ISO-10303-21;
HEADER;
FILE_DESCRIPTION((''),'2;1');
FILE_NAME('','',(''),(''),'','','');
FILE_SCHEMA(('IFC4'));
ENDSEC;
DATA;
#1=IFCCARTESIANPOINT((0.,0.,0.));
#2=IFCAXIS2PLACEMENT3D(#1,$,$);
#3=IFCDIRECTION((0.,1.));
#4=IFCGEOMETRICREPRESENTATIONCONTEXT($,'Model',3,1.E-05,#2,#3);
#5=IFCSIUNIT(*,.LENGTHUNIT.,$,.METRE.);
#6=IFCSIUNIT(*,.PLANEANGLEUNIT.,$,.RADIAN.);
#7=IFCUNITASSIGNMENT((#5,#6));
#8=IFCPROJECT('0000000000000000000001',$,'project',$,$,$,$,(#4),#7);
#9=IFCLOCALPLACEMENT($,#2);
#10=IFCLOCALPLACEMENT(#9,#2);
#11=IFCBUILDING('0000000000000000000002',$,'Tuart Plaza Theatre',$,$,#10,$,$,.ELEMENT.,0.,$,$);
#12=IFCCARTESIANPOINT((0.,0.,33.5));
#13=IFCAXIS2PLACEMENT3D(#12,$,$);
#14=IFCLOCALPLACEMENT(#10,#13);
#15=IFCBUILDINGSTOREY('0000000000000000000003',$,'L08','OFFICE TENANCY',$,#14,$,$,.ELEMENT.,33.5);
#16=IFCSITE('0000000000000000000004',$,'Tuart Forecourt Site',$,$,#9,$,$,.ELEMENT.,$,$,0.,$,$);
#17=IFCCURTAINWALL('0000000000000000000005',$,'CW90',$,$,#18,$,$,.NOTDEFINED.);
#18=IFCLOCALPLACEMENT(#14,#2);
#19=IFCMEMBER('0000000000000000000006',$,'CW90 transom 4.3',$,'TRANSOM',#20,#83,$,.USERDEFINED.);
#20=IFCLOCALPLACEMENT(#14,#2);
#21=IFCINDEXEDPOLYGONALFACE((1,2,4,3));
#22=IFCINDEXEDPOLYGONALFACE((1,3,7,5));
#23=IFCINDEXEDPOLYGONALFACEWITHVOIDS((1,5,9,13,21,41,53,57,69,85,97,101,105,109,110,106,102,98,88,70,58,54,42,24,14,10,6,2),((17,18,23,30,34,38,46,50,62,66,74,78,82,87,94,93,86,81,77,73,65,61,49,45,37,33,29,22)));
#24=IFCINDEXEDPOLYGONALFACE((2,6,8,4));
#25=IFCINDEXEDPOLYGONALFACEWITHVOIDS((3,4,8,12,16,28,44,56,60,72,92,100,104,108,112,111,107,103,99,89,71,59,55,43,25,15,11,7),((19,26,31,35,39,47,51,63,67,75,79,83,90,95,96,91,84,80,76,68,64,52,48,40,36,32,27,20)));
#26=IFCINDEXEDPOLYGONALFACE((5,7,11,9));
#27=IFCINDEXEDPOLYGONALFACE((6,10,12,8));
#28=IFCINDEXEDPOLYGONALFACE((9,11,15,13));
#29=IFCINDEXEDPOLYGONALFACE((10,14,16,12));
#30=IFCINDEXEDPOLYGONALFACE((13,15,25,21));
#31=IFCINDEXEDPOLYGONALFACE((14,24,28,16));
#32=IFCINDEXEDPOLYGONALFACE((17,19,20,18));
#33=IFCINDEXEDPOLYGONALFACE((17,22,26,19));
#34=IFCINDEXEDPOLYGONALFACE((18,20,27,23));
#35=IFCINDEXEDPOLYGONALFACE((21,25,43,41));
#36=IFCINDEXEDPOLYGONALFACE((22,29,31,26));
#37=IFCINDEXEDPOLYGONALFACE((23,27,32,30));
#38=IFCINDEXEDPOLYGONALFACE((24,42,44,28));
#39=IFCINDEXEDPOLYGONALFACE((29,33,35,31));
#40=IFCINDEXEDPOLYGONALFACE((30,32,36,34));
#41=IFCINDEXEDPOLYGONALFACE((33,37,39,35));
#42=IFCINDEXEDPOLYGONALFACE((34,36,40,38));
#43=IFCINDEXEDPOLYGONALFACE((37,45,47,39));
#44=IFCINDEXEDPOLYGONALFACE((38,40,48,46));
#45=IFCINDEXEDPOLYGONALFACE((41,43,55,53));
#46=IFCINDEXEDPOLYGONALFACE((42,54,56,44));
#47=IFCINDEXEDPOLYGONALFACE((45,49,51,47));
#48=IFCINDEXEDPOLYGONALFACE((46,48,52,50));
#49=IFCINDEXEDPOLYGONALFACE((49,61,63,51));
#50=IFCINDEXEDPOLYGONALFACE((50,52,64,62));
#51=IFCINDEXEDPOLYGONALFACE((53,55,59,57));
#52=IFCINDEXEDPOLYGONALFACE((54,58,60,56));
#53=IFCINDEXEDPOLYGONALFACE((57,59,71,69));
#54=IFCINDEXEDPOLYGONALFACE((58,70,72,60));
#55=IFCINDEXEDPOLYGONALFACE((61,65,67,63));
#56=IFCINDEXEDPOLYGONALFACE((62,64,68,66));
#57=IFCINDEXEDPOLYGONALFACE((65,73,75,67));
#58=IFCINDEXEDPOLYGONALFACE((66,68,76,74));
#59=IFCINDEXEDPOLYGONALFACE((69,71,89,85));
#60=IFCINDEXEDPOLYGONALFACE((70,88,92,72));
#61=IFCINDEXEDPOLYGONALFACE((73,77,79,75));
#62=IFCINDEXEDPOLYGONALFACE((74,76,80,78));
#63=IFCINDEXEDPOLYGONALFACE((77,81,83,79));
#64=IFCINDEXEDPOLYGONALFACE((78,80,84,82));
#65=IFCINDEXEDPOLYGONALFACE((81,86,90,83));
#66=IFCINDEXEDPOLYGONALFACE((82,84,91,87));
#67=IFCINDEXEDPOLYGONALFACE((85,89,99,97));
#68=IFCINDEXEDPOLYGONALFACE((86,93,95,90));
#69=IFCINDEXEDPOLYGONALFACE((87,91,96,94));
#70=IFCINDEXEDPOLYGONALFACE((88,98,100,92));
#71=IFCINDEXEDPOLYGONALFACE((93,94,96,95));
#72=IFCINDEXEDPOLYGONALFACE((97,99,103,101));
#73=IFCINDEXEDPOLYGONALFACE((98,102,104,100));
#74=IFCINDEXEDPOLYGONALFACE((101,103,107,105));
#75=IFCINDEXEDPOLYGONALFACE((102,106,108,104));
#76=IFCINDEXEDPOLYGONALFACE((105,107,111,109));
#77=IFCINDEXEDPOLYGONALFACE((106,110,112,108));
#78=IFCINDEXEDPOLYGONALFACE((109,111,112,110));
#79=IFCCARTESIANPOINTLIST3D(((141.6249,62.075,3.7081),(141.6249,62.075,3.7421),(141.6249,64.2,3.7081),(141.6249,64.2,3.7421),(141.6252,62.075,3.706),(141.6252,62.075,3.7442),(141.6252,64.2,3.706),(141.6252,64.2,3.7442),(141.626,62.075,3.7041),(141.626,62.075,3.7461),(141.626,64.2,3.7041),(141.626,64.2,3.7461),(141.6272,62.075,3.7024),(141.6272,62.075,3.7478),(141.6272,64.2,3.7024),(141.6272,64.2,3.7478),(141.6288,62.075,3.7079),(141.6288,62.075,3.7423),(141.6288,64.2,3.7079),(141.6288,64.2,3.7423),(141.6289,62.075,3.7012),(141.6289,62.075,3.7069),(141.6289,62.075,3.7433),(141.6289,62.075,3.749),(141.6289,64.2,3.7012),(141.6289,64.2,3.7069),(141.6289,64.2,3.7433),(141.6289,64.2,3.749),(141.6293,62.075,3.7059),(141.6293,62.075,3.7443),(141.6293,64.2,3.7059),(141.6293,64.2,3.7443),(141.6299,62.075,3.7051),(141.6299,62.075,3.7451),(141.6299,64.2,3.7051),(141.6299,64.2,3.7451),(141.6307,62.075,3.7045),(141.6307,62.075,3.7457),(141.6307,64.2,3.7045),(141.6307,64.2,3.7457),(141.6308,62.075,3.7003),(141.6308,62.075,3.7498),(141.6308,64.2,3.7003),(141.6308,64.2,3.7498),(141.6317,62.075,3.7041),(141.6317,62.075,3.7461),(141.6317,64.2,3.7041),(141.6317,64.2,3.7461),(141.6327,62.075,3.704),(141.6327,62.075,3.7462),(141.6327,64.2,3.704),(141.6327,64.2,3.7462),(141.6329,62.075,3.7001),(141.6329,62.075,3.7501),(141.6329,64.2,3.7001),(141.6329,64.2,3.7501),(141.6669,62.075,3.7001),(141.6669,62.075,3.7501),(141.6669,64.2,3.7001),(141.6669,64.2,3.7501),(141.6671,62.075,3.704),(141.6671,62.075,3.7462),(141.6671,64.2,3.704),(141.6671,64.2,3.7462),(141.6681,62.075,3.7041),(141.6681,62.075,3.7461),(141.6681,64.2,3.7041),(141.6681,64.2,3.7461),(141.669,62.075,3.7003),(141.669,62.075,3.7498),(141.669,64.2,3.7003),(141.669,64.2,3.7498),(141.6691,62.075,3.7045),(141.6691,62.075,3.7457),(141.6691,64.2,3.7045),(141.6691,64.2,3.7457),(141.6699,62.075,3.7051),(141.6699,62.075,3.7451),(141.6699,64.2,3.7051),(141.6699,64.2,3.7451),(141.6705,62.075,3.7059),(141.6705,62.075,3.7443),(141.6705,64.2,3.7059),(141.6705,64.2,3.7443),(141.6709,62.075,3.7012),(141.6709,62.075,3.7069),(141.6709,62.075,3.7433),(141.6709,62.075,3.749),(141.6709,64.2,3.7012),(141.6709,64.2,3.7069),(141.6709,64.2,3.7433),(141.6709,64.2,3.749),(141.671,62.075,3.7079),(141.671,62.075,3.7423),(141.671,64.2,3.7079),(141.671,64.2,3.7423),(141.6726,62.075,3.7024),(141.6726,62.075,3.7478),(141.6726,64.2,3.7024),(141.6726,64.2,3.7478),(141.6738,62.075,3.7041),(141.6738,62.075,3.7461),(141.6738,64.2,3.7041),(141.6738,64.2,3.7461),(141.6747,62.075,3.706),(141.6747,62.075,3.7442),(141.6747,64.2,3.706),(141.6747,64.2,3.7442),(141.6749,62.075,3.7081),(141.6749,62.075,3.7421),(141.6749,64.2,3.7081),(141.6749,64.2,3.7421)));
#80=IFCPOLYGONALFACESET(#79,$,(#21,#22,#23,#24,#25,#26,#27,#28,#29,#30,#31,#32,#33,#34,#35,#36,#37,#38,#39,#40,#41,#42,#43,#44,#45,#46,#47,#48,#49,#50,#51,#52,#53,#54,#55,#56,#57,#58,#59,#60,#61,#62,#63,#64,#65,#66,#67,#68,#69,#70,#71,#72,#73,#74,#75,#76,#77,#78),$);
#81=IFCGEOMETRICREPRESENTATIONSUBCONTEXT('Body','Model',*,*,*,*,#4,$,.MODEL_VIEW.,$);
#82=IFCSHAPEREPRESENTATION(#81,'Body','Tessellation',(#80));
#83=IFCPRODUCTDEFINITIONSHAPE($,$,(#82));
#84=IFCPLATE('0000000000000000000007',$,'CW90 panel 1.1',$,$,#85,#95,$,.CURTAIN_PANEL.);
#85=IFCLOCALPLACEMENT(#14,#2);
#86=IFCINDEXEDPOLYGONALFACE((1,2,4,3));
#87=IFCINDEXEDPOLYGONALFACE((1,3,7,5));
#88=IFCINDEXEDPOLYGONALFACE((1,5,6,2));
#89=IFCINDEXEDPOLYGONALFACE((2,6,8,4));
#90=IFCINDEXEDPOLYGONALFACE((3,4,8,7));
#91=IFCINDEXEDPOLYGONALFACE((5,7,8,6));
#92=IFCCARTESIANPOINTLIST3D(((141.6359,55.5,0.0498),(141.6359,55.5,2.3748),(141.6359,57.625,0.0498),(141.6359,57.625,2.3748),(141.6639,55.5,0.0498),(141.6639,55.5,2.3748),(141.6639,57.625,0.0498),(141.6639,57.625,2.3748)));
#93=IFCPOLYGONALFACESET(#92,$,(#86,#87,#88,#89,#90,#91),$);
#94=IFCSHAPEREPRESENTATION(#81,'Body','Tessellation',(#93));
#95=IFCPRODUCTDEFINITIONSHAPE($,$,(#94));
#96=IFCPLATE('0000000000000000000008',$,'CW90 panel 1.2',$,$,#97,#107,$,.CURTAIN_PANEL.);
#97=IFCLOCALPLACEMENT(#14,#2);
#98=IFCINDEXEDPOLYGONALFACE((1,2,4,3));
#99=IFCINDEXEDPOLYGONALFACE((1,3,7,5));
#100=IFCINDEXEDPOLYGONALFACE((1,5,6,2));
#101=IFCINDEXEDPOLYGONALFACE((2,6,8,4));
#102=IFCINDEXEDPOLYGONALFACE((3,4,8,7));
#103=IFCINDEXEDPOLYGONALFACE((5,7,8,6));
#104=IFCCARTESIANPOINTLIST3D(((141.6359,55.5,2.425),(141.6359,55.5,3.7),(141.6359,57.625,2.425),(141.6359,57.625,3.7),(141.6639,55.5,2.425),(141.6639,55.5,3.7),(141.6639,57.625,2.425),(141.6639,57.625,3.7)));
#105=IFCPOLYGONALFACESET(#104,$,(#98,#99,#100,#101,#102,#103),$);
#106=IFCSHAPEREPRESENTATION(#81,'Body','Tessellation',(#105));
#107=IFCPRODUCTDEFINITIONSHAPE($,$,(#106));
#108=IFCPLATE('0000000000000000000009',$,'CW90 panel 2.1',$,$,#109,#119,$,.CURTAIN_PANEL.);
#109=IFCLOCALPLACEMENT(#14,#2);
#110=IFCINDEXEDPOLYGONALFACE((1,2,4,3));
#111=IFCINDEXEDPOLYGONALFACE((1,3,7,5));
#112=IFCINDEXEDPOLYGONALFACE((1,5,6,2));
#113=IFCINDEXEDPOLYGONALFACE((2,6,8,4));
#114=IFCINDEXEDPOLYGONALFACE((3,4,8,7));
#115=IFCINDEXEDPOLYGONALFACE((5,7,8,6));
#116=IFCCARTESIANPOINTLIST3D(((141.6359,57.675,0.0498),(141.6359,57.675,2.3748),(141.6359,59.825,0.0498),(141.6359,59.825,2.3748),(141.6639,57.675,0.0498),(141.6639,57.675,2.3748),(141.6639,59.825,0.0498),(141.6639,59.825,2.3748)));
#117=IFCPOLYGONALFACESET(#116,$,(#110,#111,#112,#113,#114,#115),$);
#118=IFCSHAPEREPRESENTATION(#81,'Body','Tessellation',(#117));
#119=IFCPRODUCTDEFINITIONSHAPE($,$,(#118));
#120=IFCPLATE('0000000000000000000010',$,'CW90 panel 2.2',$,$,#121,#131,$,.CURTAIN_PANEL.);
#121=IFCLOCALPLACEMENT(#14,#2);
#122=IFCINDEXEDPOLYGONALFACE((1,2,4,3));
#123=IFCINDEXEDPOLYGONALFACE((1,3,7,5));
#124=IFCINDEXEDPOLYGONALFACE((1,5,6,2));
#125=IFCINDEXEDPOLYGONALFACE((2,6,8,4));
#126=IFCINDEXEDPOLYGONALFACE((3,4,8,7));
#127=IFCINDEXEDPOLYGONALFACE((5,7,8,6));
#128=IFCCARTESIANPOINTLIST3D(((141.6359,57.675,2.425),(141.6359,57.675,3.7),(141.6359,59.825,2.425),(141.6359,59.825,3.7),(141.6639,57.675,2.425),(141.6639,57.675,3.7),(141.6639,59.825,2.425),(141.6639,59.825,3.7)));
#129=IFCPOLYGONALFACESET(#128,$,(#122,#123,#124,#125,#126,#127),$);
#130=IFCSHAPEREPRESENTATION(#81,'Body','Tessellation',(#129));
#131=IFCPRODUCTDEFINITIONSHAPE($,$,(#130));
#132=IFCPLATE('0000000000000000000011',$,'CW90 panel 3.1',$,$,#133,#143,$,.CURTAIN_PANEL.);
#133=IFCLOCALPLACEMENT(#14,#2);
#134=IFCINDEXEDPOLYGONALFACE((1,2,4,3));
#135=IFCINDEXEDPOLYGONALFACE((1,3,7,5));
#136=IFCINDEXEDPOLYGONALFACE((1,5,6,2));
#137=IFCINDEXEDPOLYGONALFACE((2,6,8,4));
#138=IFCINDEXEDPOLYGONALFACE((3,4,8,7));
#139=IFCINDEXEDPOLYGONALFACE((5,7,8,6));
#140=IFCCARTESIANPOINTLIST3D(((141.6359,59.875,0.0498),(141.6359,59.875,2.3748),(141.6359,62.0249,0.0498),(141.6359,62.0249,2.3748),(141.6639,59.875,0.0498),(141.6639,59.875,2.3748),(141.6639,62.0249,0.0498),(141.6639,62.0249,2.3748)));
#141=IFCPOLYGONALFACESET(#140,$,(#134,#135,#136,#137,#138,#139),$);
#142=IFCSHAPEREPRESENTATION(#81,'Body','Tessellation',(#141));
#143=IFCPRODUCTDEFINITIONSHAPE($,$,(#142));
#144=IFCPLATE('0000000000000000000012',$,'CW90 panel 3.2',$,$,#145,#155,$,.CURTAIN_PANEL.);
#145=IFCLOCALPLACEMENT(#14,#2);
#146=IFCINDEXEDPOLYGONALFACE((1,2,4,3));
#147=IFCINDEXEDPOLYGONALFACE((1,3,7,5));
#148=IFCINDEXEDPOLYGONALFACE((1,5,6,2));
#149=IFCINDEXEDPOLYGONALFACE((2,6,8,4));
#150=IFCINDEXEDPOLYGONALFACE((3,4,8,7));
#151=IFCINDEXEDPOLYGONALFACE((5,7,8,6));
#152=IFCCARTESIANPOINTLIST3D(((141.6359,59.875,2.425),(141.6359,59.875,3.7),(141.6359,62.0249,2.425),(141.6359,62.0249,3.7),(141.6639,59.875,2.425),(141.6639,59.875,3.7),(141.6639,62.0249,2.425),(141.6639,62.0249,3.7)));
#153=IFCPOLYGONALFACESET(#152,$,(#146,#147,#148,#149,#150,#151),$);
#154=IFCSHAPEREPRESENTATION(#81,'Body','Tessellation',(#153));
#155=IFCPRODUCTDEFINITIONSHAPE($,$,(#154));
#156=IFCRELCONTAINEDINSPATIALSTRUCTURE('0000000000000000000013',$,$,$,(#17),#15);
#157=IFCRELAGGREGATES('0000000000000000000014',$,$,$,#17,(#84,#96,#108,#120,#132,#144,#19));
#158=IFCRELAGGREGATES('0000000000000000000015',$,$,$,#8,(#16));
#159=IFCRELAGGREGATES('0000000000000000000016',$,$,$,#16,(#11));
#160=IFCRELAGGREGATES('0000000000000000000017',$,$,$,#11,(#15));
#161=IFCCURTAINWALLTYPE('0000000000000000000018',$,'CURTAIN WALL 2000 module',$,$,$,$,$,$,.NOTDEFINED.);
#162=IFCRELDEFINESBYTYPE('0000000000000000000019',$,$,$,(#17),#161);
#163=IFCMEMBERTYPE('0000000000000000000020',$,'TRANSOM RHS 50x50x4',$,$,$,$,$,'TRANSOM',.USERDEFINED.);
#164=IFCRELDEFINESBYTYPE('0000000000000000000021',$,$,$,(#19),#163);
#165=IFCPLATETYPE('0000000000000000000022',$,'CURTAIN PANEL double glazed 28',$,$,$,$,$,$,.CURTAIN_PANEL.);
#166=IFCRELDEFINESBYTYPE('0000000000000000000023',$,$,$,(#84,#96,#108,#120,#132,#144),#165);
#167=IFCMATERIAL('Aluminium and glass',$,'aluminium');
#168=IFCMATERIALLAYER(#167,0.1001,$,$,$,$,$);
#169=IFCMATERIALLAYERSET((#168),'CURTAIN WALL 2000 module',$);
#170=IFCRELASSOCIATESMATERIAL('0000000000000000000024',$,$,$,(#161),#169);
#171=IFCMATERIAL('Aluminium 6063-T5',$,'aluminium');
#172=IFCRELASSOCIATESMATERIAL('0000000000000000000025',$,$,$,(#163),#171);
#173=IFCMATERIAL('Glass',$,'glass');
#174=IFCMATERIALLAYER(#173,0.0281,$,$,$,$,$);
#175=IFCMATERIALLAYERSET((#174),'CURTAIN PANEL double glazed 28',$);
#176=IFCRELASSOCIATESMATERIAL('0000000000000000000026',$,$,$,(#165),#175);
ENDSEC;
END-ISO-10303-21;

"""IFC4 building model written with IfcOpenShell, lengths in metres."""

from ifc_helpers import new_model, si_unit, direction, frame, origin, origin_2d, place, context, subcontext, project, spatial, rectangle, hollow_rectangle, extrude, material, layer, layer_set, material_profile, profile_set, type_object, element, aggregate, save


model = new_model("IFC4")

# Units and contexts
model_context = context("Model", 3, precision=1e-05, world=origin(), true_north=direction((0.0, 1.0)))
body_context = subcontext(model_context, "Body", "Model", "MODEL_VIEW")
ifc_project = project(units=[si_unit("LENGTHUNIT", "METRE"), si_unit("PLANEANGLEUNIT", "RADIAN")], contexts=[model_context])

# Site, building, storey
site_placement = place(None, origin())
site = spatial("IfcSite", under=ifc_project, at=site_placement, Name="Tuart Forecourt Site", CompositionType="ELEMENT", RefElevation=0.0)
building_placement = place(site_placement, origin())
building = spatial("IfcBuilding", under=site, at=building_placement, Name="Tuart Plaza Theatre", CompositionType="ELEMENT", ElevationOfRefHeight=0.0)
storey_placement = place(building_placement, frame((0.0, 0.0, 33.5)))
storey = spatial("IfcBuildingStorey", under=building, at=storey_placement, Name="L08", Description="OFFICE TENANCY", CompositionType="ELEMENT", Elevation=33.5)

# Shared definitions
ifc_material_1 = material(Name="Aluminium and glass", Category="aluminium")
ifc_layer_1 = layer(ifc_material_1, 0.1001)
ifc_layer_set_1 = layer_set([ifc_layer_1], Name="CURTAIN WALL 2000 module")
curtain_wall_type = type_object("IfcCurtainWallType", Name="CURTAIN WALL 2000 module", PredefinedType="NOTDEFINED", material=ifc_layer_set_1)

# Curtain wall, member, plates
curtain_wall_1_placement = place(storey_placement, origin())
curtain_wall_1 = element("IfcCurtainWall", 1, at=curtain_wall_1_placement, inside=storey, type_object=curtain_wall_type, Name="CW90", PredefinedType="NOTDEFINED")
ifc_material_2 = material(Name="Aluminium 6063-T5", Category="aluminium")
ifc_material_profile_1 = material_profile(ifc_material_2, hollow_rectangle(XDim=0.05, YDim=0.05, WallThickness=0.0039, InnerFilletRadius=0.0039, OuterFilletRadius=0.0081, at=origin_2d()), Name="RHS 50x50x4")
ifc_profile_set_1 = profile_set([ifc_material_profile_1], Name="Aluminium 6063-T5")
member_type_1 = type_object("IfcMemberType", Name="TRANSOM RHS 50x50x4", ElementType="TRANSOM", PredefinedType="USERDEFINED", material=ifc_profile_set_1)
member_1_placement = place(storey_placement, frame((141.6499, 62.075, 3.7251), z_axis=(0.0, 1.0, 0.0), x_axis=(-1.0, 0.0, 0.0)))
member_1 = element("IfcMember", 2, at=member_1_placement, type_object=member_type_1, Name="CW90 transom 4.3", ObjectType="TRANSOM", PredefinedType="USERDEFINED", context=body_context, shape_type="SweptSolid", body=[
    extrude(hollow_rectangle(XDim=0.05, YDim=0.05, WallThickness=0.0039, InnerFilletRadius=0.0039, OuterFilletRadius=0.0081, at=origin_2d()), origin(), (0.0, 0.0, 1.0), 2.125),
])
ifc_material_3 = material(Name="Glass", Category="glass")
ifc_layer_2 = layer(ifc_material_3, 0.0281)
ifc_layer_set_2 = layer_set([ifc_layer_2], Name="CURTAIN PANEL double glazed 28")
plate_type = type_object("IfcPlateType", Name="CURTAIN PANEL double glazed 28", PredefinedType="CURTAIN_PANEL", material=ifc_layer_set_2)
plate_1_placement = place(storey_placement, frame((141.6499, 56.5625, 0.0498), z_axis=(0.0, 0.0, 1.0), x_axis=(0.0, 1.0, 0.0)))
plate_1 = element("IfcPlate", 3, at=plate_1_placement, type_object=plate_type, Name="CW90 panel 1.1", PredefinedType="CURTAIN_PANEL", context=body_context, shape_type="SweptSolid", body=[
    extrude(rectangle(XDim=2.125, YDim=0.0281, at=origin_2d()), origin(), (0.0, 0.0, 1.0), 2.325),
])
plate_2_placement = place(storey_placement, frame((141.6499, 56.5625, 2.425), z_axis=(0.0, 0.0, 1.0), x_axis=(0.0, 1.0, 0.0)))
plate_2 = element("IfcPlate", 4, at=plate_2_placement, type_object=plate_type, Name="CW90 panel 1.2", PredefinedType="CURTAIN_PANEL", context=body_context, shape_type="SweptSolid", body=[
    extrude(rectangle(XDim=2.125, YDim=0.0281, at=origin_2d()), origin(), (0.0, 0.0, 1.0), 1.2749),
])
plate_3_placement = place(storey_placement, frame((141.6499, 58.75, 0.0498), z_axis=(0.0, 0.0, 1.0), x_axis=(0.0, 1.0, 0.0)))
plate_3 = element("IfcPlate", 5, at=plate_3_placement, type_object=plate_type, Name="CW90 panel 2.1", PredefinedType="CURTAIN_PANEL", context=body_context, shape_type="SweptSolid", body=[
    extrude(rectangle(XDim=2.1499, YDim=0.0281, at=origin_2d()), origin(), (0.0, 0.0, 1.0), 2.325),
])
plate_4_placement = place(storey_placement, frame((141.6499, 58.75, 2.425), z_axis=(0.0, 0.0, 1.0), x_axis=(0.0, 1.0, 0.0)))
plate_4 = element("IfcPlate", 6, at=plate_4_placement, type_object=plate_type, Name="CW90 panel 2.2", PredefinedType="CURTAIN_PANEL", context=body_context, shape_type="SweptSolid", body=[
    extrude(rectangle(XDim=2.1499, YDim=0.0281, at=origin_2d()), origin(), (0.0, 0.0, 1.0), 1.2749),
])
plate_5_placement = place(storey_placement, frame((141.6499, 60.95, 0.0498), z_axis=(0.0, 0.0, 1.0), x_axis=(0.0, 1.0, 0.0)))
plate_5 = element("IfcPlate", 7, at=plate_5_placement, type_object=plate_type, Name="CW90 panel 3.1", PredefinedType="CURTAIN_PANEL", context=body_context, shape_type="SweptSolid", body=[
    extrude(rectangle(XDim=2.1499, YDim=0.0281, at=origin_2d()), origin(), (0.0, 0.0, 1.0), 2.325),
])
plate_6_placement = place(storey_placement, frame((141.6499, 60.95, 2.425), z_axis=(0.0, 0.0, 1.0), x_axis=(0.0, 1.0, 0.0)))
plate_6 = element("IfcPlate", 8, at=plate_6_placement, type_object=plate_type, Name="CW90 panel 3.2", PredefinedType="CURTAIN_PANEL", context=body_context, shape_type="SweptSolid", body=[
    extrude(rectangle(XDim=2.1499, YDim=0.0281, at=origin_2d()), origin(), (0.0, 0.0, 1.0), 1.2749),
])
aggregate(curtain_wall_1, [plate_1, plate_2, plate_3, plate_4, plate_5, plate_6, member_1])

save(model, "model.ifc")
